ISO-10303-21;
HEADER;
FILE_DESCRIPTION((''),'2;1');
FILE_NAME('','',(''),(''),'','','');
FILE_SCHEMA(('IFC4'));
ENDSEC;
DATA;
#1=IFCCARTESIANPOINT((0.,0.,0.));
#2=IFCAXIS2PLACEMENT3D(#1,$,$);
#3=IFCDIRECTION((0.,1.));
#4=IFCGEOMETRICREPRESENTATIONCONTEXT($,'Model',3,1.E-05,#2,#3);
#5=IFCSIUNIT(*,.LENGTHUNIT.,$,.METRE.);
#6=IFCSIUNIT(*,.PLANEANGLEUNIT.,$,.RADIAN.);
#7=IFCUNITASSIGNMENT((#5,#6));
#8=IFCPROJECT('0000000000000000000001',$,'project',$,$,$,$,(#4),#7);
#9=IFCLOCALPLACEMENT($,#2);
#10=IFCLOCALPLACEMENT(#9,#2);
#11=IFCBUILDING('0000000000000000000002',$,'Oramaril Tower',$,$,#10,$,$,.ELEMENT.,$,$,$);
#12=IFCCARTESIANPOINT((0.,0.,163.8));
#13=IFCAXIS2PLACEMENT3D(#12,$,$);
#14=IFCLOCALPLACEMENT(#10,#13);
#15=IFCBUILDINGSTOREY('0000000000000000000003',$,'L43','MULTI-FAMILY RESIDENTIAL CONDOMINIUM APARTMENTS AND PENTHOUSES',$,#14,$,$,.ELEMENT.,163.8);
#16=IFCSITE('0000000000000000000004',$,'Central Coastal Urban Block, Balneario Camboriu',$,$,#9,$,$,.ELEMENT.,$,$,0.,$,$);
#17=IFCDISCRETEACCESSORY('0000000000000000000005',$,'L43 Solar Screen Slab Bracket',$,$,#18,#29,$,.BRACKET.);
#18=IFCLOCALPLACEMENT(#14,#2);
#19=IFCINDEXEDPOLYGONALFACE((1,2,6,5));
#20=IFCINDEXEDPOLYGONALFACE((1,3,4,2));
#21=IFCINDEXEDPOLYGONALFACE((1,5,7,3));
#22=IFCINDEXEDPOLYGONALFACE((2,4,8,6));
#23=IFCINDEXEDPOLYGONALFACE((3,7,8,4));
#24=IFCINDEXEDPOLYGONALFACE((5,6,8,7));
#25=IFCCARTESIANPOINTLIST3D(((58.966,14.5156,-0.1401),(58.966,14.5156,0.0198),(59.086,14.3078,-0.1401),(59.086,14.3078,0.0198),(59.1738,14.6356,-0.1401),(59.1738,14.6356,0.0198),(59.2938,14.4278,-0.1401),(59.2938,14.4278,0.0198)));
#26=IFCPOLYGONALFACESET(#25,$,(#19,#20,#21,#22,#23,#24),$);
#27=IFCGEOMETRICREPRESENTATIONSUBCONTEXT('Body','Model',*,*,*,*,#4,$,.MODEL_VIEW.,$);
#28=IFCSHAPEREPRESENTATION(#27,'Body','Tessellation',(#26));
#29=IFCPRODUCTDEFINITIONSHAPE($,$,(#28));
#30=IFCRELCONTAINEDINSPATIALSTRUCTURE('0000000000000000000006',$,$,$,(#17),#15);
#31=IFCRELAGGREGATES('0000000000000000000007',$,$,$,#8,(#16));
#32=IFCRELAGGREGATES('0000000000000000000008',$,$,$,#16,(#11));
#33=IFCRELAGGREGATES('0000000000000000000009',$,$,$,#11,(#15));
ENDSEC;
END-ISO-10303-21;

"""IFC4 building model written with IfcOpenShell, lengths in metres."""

from ifc_helpers import new_model, si_unit, direction, frame, origin, origin_2d, place, context, subcontext, project, spatial, rectangle, extrude, element, save


model = new_model("IFC4")

# Units and contexts
model_context = context("Model", 3, precision=1e-05, world=origin(), true_north=direction((0.0, 1.0)))
body_context = subcontext(model_context, "Body", "Model", "MODEL_VIEW")
ifc_project = project(units=[si_unit("LENGTHUNIT", "METRE"), si_unit("PLANEANGLEUNIT", "RADIAN")], contexts=[model_context])

# Site, building, storey
site_placement = place(None, origin())
site = spatial("IfcSite", under=ifc_project, at=site_placement, Name="Central Coastal Urban Block, Balneario Camboriu", CompositionType="ELEMENT", RefElevation=0.0)
building_placement = place(site_placement, origin())
building = spatial("IfcBuilding", under=site, at=building_placement, Name="Oramaril Tower", CompositionType="ELEMENT")
storey_placement = place(building_placement, frame((0.0, 0.0, 163.8)))
storey = spatial("IfcBuildingStorey", under=building, at=storey_placement, Name="L43", Description="MULTI-FAMILY RESIDENTIAL CONDOMINIUM APARTMENTS AND PENTHOUSES", CompositionType="ELEMENT", Elevation=163.8)

# Discrete accessory
discrete_accessory_placement = place(storey_placement, frame((59.1299, 14.4717, -0.1401), z_axis=(0.0, 0.0, 1.0), x_axis=(-0.5, 0.866025, 0.0)))
element("IfcDiscreteAccessory", 1, at=discrete_accessory_placement, inside=storey, Name="L43 Solar Screen Slab Bracket", PredefinedType="BRACKET", context=body_context, shape_type="SweptSolid", body=[
    extrude(rectangle(XDim=0.24, YDim=0.24, at=origin_2d()), origin(), (0.0, 0.0, 1.0), 0.1599),
])

save(model, "model.ifc")
